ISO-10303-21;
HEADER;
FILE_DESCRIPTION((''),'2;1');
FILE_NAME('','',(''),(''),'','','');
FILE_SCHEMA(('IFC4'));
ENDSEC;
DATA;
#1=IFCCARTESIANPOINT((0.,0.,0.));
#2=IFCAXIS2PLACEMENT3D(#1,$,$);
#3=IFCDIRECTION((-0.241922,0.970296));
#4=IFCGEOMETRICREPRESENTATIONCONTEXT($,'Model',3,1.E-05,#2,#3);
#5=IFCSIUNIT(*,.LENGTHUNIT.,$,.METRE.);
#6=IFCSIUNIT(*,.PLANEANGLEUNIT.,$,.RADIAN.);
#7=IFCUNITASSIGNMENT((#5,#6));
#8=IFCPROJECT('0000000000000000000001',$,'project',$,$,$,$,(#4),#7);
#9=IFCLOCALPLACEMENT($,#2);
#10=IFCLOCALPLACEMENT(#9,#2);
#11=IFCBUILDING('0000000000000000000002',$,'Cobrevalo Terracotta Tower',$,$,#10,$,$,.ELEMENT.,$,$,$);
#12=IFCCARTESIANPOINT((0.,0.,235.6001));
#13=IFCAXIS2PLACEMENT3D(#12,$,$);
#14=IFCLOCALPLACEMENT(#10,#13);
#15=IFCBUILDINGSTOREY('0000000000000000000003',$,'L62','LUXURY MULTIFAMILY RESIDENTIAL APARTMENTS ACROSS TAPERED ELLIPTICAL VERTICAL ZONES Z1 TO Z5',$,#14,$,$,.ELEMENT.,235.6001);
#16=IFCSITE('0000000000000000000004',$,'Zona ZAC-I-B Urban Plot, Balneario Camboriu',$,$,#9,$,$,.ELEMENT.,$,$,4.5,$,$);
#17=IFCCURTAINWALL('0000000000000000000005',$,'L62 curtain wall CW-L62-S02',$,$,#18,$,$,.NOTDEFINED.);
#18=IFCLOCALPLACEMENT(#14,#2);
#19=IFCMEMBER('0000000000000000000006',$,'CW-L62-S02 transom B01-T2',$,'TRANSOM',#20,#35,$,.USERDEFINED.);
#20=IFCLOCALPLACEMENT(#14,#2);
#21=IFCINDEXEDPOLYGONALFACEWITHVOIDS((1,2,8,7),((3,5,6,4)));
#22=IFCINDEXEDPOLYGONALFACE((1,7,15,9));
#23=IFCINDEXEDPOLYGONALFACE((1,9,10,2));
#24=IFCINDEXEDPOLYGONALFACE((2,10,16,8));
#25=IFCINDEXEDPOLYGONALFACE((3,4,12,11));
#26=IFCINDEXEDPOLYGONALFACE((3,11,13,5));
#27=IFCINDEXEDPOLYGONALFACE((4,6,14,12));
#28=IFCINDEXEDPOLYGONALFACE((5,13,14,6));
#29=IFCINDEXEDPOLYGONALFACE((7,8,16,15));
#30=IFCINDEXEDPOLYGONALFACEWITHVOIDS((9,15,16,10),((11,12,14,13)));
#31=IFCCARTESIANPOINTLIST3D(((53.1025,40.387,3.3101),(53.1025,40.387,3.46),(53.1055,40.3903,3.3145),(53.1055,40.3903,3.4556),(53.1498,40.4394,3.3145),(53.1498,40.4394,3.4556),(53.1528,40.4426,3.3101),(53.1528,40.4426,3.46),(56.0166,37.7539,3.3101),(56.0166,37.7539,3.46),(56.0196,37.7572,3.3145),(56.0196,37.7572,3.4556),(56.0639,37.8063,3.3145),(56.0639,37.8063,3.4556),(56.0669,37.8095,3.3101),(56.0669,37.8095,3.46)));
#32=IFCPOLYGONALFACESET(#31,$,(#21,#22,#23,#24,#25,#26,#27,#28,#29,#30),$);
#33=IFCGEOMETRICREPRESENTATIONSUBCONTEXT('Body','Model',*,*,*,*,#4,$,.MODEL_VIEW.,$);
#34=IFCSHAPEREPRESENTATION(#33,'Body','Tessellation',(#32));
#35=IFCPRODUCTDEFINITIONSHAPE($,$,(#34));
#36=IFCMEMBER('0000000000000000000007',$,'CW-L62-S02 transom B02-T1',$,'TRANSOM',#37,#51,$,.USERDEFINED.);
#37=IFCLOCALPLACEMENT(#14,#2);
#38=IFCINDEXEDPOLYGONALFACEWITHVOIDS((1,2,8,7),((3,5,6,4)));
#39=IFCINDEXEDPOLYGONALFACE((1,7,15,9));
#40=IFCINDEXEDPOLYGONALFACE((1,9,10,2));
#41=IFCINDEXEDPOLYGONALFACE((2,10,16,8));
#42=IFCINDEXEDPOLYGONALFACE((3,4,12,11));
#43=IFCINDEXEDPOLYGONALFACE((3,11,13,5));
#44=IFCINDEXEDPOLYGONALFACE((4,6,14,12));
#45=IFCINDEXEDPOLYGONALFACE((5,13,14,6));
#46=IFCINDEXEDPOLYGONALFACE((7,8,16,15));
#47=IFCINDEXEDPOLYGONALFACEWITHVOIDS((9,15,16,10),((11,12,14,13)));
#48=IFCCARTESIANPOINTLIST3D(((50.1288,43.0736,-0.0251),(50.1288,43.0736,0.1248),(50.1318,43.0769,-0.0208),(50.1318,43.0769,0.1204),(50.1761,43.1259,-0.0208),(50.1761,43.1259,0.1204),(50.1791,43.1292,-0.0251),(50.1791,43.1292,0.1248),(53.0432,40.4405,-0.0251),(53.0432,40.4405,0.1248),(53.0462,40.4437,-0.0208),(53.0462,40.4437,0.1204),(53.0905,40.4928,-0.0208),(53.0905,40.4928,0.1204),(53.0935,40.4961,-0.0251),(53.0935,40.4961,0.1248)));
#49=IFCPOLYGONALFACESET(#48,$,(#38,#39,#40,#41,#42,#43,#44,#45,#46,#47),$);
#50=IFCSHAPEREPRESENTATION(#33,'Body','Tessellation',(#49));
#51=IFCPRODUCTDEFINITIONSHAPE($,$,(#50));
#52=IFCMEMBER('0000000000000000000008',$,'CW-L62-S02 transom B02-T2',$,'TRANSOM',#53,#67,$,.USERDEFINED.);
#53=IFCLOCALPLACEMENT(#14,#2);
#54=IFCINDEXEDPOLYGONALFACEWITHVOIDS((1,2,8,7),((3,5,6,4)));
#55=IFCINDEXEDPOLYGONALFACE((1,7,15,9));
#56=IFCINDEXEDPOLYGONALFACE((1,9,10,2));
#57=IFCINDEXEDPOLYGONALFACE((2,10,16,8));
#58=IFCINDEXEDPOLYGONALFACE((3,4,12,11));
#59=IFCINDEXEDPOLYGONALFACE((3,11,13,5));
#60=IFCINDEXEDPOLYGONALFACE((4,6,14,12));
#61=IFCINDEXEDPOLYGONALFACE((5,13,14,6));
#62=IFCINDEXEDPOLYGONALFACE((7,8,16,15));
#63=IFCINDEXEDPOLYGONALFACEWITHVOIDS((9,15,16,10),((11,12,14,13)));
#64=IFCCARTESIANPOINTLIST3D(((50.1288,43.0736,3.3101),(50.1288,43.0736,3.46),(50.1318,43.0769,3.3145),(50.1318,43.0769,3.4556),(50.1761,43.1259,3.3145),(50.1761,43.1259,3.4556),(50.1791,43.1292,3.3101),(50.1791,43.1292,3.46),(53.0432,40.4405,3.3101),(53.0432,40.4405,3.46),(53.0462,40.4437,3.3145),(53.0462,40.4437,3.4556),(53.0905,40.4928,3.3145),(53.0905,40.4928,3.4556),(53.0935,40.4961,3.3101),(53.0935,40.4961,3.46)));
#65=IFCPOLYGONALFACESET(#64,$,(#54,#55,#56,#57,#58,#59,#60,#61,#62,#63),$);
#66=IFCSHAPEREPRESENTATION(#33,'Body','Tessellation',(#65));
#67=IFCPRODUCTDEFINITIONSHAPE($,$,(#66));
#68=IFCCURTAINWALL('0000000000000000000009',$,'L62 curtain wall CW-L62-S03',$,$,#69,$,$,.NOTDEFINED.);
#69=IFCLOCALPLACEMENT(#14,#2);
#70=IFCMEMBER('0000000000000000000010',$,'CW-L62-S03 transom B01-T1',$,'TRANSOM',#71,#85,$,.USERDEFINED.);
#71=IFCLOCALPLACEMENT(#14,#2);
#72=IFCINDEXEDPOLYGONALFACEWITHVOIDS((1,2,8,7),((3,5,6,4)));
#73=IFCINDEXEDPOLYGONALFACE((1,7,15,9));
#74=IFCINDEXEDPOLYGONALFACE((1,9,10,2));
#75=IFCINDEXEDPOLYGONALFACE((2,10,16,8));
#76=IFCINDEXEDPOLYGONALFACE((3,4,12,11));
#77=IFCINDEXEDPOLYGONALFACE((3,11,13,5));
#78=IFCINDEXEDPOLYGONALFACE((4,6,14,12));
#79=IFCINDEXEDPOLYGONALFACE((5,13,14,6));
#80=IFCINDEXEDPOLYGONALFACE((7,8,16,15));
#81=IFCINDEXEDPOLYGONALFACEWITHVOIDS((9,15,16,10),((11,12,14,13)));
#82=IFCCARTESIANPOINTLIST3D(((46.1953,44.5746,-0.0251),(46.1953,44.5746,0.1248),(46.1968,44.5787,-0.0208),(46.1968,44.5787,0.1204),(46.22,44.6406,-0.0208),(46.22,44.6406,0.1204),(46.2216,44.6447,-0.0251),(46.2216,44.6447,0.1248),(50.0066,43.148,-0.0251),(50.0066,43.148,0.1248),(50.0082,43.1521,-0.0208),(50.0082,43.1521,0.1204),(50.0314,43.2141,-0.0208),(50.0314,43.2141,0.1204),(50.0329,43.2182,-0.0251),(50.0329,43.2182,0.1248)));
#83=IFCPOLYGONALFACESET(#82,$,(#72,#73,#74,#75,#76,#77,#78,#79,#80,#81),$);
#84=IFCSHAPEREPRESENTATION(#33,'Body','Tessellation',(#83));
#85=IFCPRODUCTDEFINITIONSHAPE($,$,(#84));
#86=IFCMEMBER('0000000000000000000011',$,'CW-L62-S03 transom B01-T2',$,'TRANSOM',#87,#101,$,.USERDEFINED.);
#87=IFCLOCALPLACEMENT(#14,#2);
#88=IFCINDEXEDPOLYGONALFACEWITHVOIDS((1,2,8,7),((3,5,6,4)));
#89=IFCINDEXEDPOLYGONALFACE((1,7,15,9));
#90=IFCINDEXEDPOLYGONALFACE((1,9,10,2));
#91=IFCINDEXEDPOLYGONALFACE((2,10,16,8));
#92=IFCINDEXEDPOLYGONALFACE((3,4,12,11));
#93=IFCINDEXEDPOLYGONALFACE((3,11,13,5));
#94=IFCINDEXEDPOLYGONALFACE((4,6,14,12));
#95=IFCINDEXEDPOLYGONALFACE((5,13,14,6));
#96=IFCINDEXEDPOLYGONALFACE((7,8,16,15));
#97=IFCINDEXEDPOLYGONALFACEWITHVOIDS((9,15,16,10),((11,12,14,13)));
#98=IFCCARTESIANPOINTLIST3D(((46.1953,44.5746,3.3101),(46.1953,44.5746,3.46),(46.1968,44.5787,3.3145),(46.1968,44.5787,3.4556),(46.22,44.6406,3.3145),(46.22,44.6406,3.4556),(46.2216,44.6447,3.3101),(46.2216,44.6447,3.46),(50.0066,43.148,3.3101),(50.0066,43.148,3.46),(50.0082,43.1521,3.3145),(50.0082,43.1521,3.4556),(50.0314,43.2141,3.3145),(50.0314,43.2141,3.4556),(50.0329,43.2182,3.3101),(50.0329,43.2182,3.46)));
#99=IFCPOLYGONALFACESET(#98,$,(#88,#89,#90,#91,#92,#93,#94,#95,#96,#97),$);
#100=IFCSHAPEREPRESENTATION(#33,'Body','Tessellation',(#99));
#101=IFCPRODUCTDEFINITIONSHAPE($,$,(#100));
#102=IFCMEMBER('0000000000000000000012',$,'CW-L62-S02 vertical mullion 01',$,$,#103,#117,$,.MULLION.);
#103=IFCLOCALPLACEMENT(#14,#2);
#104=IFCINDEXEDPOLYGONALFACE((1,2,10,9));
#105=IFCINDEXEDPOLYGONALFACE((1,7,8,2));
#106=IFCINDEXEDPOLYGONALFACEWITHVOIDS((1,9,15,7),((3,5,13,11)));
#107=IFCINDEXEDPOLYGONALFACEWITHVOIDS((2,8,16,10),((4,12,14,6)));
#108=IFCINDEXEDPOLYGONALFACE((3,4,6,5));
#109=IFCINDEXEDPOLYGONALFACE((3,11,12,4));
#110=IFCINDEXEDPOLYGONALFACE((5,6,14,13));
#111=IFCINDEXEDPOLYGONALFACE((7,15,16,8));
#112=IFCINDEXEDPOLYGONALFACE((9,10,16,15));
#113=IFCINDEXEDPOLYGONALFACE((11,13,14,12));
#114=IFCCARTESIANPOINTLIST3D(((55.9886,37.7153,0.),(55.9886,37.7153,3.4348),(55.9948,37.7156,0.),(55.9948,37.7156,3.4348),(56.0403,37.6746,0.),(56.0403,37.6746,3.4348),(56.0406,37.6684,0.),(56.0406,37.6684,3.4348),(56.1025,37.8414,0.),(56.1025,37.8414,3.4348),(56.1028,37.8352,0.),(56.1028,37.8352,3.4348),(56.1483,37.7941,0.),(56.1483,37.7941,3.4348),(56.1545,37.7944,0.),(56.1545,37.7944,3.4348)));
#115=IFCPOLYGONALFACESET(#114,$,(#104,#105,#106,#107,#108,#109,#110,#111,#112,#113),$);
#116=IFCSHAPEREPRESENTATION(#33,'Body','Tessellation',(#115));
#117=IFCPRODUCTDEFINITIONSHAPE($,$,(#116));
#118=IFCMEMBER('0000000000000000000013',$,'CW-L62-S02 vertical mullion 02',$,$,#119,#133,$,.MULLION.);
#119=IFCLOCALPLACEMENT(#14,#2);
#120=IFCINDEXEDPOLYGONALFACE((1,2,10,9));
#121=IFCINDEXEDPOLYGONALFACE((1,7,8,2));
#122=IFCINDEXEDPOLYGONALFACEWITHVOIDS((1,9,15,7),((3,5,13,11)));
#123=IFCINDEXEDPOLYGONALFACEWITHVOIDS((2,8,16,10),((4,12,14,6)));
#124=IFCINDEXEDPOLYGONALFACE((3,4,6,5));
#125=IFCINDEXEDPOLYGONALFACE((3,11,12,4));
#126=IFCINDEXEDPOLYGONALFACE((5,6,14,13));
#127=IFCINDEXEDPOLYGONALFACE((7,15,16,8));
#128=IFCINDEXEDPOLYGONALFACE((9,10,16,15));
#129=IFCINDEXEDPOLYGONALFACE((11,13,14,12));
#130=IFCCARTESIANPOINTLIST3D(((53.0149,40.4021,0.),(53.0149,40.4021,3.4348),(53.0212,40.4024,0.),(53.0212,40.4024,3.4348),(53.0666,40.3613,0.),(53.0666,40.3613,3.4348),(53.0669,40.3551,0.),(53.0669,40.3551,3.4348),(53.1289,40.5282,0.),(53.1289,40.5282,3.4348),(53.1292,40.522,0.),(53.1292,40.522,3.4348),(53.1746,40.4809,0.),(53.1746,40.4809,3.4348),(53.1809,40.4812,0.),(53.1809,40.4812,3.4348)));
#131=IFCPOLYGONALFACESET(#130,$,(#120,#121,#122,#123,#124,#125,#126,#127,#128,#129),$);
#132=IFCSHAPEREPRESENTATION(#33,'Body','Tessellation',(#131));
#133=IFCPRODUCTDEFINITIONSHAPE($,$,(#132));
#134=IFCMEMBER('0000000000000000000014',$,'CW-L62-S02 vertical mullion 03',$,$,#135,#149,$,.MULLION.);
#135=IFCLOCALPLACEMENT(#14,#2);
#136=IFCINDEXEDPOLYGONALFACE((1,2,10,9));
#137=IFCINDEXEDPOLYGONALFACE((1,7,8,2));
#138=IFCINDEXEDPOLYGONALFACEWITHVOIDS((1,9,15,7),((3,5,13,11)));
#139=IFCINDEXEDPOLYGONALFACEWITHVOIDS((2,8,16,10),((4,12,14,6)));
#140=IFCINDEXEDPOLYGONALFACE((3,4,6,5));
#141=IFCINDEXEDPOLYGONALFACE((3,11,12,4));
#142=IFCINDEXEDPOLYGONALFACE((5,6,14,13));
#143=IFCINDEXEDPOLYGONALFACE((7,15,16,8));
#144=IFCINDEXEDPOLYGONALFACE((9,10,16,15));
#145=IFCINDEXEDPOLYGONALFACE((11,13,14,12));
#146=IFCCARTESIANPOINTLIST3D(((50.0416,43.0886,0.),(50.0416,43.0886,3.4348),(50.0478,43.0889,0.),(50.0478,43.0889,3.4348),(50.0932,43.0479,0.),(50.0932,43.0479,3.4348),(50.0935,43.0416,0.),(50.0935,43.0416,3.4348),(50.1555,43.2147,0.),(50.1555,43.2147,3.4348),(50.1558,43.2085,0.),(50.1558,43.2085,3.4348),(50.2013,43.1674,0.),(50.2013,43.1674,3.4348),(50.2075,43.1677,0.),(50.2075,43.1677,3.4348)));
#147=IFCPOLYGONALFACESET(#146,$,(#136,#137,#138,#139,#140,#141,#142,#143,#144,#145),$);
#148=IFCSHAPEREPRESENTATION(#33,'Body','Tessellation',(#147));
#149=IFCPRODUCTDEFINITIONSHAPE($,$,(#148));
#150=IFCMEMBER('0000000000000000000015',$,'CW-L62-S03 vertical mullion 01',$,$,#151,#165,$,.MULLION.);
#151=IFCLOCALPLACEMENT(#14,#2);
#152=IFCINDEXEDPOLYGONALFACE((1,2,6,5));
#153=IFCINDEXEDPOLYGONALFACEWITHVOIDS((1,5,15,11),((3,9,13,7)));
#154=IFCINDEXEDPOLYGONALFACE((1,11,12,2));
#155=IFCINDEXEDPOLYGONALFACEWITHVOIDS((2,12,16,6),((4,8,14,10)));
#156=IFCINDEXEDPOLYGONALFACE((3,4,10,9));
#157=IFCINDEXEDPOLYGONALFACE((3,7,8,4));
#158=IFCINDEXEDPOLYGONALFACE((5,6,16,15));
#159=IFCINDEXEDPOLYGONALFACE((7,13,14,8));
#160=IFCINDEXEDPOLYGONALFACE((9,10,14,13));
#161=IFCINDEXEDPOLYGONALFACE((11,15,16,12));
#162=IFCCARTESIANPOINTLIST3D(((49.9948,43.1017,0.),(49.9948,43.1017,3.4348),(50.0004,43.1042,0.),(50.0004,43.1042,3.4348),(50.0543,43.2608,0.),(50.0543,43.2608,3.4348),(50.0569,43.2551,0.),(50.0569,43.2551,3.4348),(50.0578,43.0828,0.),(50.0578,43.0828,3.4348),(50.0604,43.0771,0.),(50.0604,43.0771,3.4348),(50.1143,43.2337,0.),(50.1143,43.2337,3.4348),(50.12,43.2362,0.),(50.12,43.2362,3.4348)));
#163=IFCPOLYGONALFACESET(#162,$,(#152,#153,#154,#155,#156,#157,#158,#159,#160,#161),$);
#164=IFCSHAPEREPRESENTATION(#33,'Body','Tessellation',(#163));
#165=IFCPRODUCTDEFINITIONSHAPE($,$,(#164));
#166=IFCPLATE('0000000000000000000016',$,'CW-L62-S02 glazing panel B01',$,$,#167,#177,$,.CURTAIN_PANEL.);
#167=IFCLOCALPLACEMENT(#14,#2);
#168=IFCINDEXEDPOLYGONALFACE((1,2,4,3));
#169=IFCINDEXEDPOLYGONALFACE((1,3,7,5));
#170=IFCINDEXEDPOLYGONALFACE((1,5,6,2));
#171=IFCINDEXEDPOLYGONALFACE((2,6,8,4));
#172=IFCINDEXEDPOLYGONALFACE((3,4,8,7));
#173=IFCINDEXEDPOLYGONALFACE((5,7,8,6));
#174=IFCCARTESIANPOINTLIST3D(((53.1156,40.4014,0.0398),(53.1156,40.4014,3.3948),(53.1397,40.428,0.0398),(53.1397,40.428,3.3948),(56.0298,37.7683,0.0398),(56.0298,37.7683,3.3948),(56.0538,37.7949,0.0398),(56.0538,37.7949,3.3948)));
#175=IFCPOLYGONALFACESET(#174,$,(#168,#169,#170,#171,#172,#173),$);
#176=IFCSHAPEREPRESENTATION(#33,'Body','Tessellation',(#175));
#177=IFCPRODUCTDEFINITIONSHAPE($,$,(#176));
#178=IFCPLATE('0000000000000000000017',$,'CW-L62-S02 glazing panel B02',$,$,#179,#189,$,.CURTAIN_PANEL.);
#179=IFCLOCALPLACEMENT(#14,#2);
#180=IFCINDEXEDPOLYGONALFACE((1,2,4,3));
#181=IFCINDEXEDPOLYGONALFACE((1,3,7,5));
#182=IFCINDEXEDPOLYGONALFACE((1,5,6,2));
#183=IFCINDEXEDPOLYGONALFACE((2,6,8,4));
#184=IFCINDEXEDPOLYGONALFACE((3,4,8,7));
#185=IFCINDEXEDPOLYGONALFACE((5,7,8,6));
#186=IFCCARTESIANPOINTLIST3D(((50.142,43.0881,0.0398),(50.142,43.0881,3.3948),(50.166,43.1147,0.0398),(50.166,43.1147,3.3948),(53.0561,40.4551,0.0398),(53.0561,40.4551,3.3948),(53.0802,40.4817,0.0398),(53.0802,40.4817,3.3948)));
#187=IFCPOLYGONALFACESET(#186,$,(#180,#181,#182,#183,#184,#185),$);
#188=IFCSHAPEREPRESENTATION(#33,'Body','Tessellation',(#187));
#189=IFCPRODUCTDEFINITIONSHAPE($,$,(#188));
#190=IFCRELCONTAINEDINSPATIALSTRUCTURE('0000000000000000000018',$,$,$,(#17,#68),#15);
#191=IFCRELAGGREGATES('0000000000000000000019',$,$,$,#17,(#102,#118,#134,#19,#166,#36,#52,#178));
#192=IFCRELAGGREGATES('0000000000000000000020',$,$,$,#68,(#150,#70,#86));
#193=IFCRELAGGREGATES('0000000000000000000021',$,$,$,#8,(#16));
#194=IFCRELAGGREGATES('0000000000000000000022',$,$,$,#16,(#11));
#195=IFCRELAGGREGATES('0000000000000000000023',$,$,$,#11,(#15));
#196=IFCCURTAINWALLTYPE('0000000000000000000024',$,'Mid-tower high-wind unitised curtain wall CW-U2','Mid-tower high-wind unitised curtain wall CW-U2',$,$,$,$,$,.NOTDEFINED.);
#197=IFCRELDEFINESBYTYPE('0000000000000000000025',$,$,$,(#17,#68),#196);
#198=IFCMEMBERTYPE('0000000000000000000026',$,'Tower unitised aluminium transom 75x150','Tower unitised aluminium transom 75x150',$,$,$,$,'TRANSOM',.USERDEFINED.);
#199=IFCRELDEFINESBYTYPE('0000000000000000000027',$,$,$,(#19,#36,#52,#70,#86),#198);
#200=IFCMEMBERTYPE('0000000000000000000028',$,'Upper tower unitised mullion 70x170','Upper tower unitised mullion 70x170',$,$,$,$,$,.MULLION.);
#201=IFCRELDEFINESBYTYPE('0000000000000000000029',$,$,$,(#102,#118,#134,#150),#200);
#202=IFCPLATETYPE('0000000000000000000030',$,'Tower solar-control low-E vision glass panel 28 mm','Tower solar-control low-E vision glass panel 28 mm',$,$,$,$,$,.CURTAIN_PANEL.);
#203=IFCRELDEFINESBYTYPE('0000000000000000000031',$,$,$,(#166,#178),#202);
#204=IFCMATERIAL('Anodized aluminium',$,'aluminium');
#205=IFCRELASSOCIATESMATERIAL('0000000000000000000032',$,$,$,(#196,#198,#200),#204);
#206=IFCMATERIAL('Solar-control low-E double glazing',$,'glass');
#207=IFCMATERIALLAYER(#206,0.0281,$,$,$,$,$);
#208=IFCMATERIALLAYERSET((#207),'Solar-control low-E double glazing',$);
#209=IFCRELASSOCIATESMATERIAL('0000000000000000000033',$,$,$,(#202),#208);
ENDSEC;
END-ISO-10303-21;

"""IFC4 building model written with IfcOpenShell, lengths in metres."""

from ifc_helpers import new_model, si_unit, direction, frame, origin, origin_2d, place, context, subcontext, project, spatial, rectangle, hollow_rectangle, extrude, source, transform, mapped, material, layer, layer_set, material_profile, profile_set, type_object, element, aggregate, save


model = new_model("IFC4")

# Units and contexts
model_context = context("Model", 3, precision=1e-05, world=origin(), true_north=direction((-0.241922, 0.970296)))
body_context = subcontext(model_context, "Body", "Model", "MODEL_VIEW")
ifc_project = project(units=[si_unit("LENGTHUNIT", "METRE"), si_unit("PLANEANGLEUNIT", "RADIAN")], contexts=[model_context])

# Site, building, storey
site_placement = place(None, origin())
site = spatial("IfcSite", under=ifc_project, at=site_placement, Name="Zona ZAC-I-B Urban Plot, Balneario Camboriu", CompositionType="ELEMENT", RefElevation=4.5)
building_placement = place(site_placement, origin())
building = spatial("IfcBuilding", under=site, at=building_placement, Name="Cobrevalo Terracotta Tower", CompositionType="ELEMENT")
storey_placement = place(building_placement, frame((0.0, 0.0, 235.6001)))
storey = spatial("IfcBuildingStorey", under=building, at=storey_placement, Name="L62", Description="LUXURY MULTIFAMILY RESIDENTIAL APARTMENTS ACROSS TAPERED ELLIPTICAL VERTICAL ZONES Z1 TO Z5", CompositionType="ELEMENT", Elevation=235.6001)

# Curtain walls, members
ifc_material_1 = material(Name="Anodized aluminium", Category="aluminium")
curtain_wall_type = type_object("IfcCurtainWallType", Name="Mid-tower high-wind unitised curtain wall CW-U2", Description="Mid-tower high-wind unitised curtain wall CW-U2", PredefinedType="NOTDEFINED", material=ifc_material_1)
curtain_wall_1_placement = place(storey_placement, origin())
curtain_wall_1 = element("IfcCurtainWall", 1, at=curtain_wall_1_placement, inside=storey, type_object=curtain_wall_type, Name="L62 curtain wall CW-L62-S02", PredefinedType="NOTDEFINED")
ifc_material_profile_1 = material_profile(ifc_material_1, hollow_rectangle(XDim=0.075, YDim=0.1499, WallThickness=0.0044, at=origin_2d()), Name="CWT 75x150")
ifc_profile_set_1 = profile_set([ifc_material_profile_1], Name="Anodized aluminium")
member_type_1 = type_object("IfcMemberType", Name="Tower unitised aluminium transom 75x150", Description="Tower unitised aluminium transom 75x150", ElementType="TRANSOM", PredefinedType="USERDEFINED", material=ifc_profile_set_1)
shared_shape_1 = source(origin(), body_context, "Body", "SweptSolid", [
    extrude(hollow_rectangle(XDim=0.075, YDim=0.1499, WallThickness=0.0044, at=origin_2d()), origin(), (0.0, 0.0, 1.0), 3.9275),
])
member_1_placement = place(storey_placement, frame((56.0417, 37.7817, 3.385), z_axis=(-0.741976, 0.670426, 0.0), x_axis=(-0.670426, -0.741976, 0.0)))
member_1 = element("IfcMember", 2, at=member_1_placement, type_object=member_type_1, Name="CW-L62-S02 transom B01-T2", ObjectType="TRANSOM", PredefinedType="USERDEFINED", context=body_context, shape_type="MappedRepresentation", body=[
    mapped(shared_shape_1, transform((0.0, 0.0, 0.0), scale=1.0)),
])
shared_shape_2 = source(origin(), body_context, "Body", "SweptSolid", [
    extrude(hollow_rectangle(XDim=0.075, YDim=0.1499, WallThickness=0.0044, at=origin_2d()), origin(), (0.0, 0.0, 1.0), 3.9277),
])
member_2_placement = place(storey_placement, frame((53.0684, 40.4683, 0.0498), z_axis=(-0.742004, 0.670396, 0.0), x_axis=(-0.670396, -0.742004, 0.0)))
member_2 = element("IfcMember", 3, at=member_2_placement, type_object=member_type_1, Name="CW-L62-S02 transom B02-T1", ObjectType="TRANSOM", PredefinedType="USERDEFINED", context=body_context, shape_type="MappedRepresentation", body=[
    mapped(shared_shape_2, transform((0.0, 0.0, 0.0), scale=1.0)),
])
member_3_placement = place(storey_placement, frame((53.0684, 40.4683, 3.385), z_axis=(-0.742004, 0.670396, 0.0), x_axis=(-0.670396, -0.742004, 0.0)))
member_3 = element("IfcMember", 4, at=member_3_placement, type_object=member_type_1, Name="CW-L62-S02 transom B02-T2", ObjectType="TRANSOM", PredefinedType="USERDEFINED", context=body_context, shape_type="MappedRepresentation", body=[
    mapped(shared_shape_2, transform((0.0, 0.0, 0.0), scale=1.0)),
])
curtain_wall_2_placement = place(storey_placement, origin())
curtain_wall_2 = element("IfcCurtainWall", 5, at=curtain_wall_2_placement, inside=storey, type_object=curtain_wall_type, Name="L62 curtain wall CW-L62-S03", PredefinedType="NOTDEFINED")
shared_shape_3 = source(origin(), body_context, "Body", "SweptSolid", [
    extrude(hollow_rectangle(XDim=0.075, YDim=0.1499, WallThickness=0.0044, at=origin_2d()), origin(), (0.0, 0.0, 1.0), 4.0696),
])
member_4_placement = place(storey_placement, frame((50.0198, 43.1831, 0.0498), z_axis=(-0.936548, 0.350538, 0.0), x_axis=(-0.350538, -0.936548, 0.0)))
member_4 = element("IfcMember", 6, at=member_4_placement, type_object=member_type_1, Name="CW-L62-S03 transom B01-T1", ObjectType="TRANSOM", PredefinedType="USERDEFINED", context=body_context, shape_type="MappedRepresentation", body=[
    mapped(shared_shape_3, transform((0.0, 0.0, 0.0), scale=1.0)),
])
member_5_placement = place(storey_placement, frame((50.0198, 43.1831, 3.385), z_axis=(-0.936548, 0.350538, 0.0), x_axis=(-0.350538, -0.936548, 0.0)))
member_5 = element("IfcMember", 7, at=member_5_placement, type_object=member_type_1, Name="CW-L62-S03 transom B01-T2", ObjectType="TRANSOM", PredefinedType="USERDEFINED", context=body_context, shape_type="MappedRepresentation", body=[
    mapped(shared_shape_3, transform((0.0, 0.0, 0.0), scale=1.0)),
])

# Members
ifc_material_profile_2 = material_profile(ifc_material_1, hollow_rectangle(XDim=0.0701, YDim=0.1699, WallThickness=0.0044, at=origin_2d()), Name="CWM 70x170")
ifc_profile_set_2 = profile_set([ifc_material_profile_2], Name="Anodized aluminium")
member_type_2 = type_object("IfcMemberType", Name="Upper tower unitised mullion 70x170", Description="Upper tower unitised mullion 70x170", PredefinedType="MULLION", material=ifc_profile_set_2)
shared_shape_4 = source(origin(), body_context, "Body", "SweptSolid", [
    extrude(hollow_rectangle(XDim=0.0701, YDim=0.1699, WallThickness=0.0044, at=origin_2d()), origin(), (0.0, 0.0, 1.0), 3.4348),
])
member_6_placement = place(storey_placement, frame((56.0715, 37.7549, 0.0), z_axis=(0.0, 0.0, 1.0), x_axis=(-0.741988, 0.670414, 0.0)))
member_6 = element("IfcMember", 8, at=member_6_placement, type_object=member_type_2, Name="CW-L62-S02 vertical mullion 01", PredefinedType="MULLION", context=body_context, shape_type="MappedRepresentation", body=[
    mapped(shared_shape_4, transform((0.0, 0.0, 0.0), scale=1.0)),
])
member_7_placement = place(storey_placement, frame((53.0979, 40.4417, 0.0), z_axis=(0.0, 0.0, 1.0), x_axis=(-0.741988, 0.670414, 0.0)))
member_7 = element("IfcMember", 9, at=member_7_placement, type_object=member_type_2, Name="CW-L62-S02 vertical mullion 02", PredefinedType="MULLION", context=body_context, shape_type="MappedRepresentation", body=[
    mapped(shared_shape_4, transform((0.0, 0.0, 0.0), scale=1.0)),
])
member_8_placement = place(storey_placement, frame((50.1245, 43.1282, 0.0), z_axis=(0.0, 0.0, 1.0), x_axis=(-0.741988, 0.670414, 0.0)))
member_8 = element("IfcMember", 10, at=member_8_placement, type_object=member_type_2, Name="CW-L62-S02 vertical mullion 03", PredefinedType="MULLION", context=body_context, shape_type="MappedRepresentation", body=[
    mapped(shared_shape_4, transform((0.0, 0.0, 0.0), scale=1.0)),
])
member_9_placement = place(storey_placement, frame((50.0574, 43.1689, 0.0), z_axis=(0.0, 0.0, 1.0), x_axis=(-0.936556, 0.350518, 0.0)))
member_9 = element("IfcMember", 11, at=member_9_placement, type_object=member_type_2, Name="CW-L62-S03 vertical mullion 01", PredefinedType="MULLION", context=body_context, shape_type="MappedRepresentation", body=[
    mapped(shared_shape_4, transform((0.0, 0.0, 0.0), scale=1.0)),
])

# Plates
ifc_material_2 = material(Name="Solar-control low-E double glazing", Category="glass")
ifc_layer_1 = layer(ifc_material_2, 0.0281)
ifc_layer_set_1 = layer_set([ifc_layer_1], Name="Solar-control low-E double glazing")
plate_type = type_object("IfcPlateType", Name="Tower solar-control low-E vision glass panel 28 mm", Description="Tower solar-control low-E vision glass panel 28 mm", PredefinedType="CURTAIN_PANEL", material=ifc_layer_set_1)
shared_shape_5 = source(origin(), body_context, "Body", "SweptSolid", [
    extrude(rectangle(XDim=3.9275, YDim=0.0359, at=origin_2d()), origin(), (0.0, 0.0, 1.0), 3.355),
])
plate_1_placement = place(storey_placement, frame((54.5847, 39.0981, 0.0398), z_axis=(0.0, 0.0, 1.0), x_axis=(-0.741988, 0.670414, 0.0)))
plate_1 = element("IfcPlate", 12, at=plate_1_placement, type_object=plate_type, Name="CW-L62-S02 glazing panel B01", PredefinedType="CURTAIN_PANEL", context=body_context, shape_type="MappedRepresentation", body=[
    mapped(shared_shape_5, transform((0.0, 0.0, 0.0), scale=1.0)),
])
plate_2_placement = place(storey_placement, frame((51.6111, 41.7849, 0.0398), z_axis=(0.0, 0.0, 1.0), x_axis=(-0.741988, 0.670414, 0.0)))
plate_2 = element("IfcPlate", 13, at=plate_2_placement, type_object=plate_type, Name="CW-L62-S02 glazing panel B02", PredefinedType="CURTAIN_PANEL", context=body_context, shape_type="MappedRepresentation", body=[
    mapped(shared_shape_5, transform((0.0, 0.0, 0.0), scale=1.0)),
])
aggregate(curtain_wall_1, [member_6, member_7, member_8, member_1, plate_1, member_2, member_3, plate_2])
aggregate(curtain_wall_2, [member_9, member_4, member_5])

save(model, "model.ifc")
